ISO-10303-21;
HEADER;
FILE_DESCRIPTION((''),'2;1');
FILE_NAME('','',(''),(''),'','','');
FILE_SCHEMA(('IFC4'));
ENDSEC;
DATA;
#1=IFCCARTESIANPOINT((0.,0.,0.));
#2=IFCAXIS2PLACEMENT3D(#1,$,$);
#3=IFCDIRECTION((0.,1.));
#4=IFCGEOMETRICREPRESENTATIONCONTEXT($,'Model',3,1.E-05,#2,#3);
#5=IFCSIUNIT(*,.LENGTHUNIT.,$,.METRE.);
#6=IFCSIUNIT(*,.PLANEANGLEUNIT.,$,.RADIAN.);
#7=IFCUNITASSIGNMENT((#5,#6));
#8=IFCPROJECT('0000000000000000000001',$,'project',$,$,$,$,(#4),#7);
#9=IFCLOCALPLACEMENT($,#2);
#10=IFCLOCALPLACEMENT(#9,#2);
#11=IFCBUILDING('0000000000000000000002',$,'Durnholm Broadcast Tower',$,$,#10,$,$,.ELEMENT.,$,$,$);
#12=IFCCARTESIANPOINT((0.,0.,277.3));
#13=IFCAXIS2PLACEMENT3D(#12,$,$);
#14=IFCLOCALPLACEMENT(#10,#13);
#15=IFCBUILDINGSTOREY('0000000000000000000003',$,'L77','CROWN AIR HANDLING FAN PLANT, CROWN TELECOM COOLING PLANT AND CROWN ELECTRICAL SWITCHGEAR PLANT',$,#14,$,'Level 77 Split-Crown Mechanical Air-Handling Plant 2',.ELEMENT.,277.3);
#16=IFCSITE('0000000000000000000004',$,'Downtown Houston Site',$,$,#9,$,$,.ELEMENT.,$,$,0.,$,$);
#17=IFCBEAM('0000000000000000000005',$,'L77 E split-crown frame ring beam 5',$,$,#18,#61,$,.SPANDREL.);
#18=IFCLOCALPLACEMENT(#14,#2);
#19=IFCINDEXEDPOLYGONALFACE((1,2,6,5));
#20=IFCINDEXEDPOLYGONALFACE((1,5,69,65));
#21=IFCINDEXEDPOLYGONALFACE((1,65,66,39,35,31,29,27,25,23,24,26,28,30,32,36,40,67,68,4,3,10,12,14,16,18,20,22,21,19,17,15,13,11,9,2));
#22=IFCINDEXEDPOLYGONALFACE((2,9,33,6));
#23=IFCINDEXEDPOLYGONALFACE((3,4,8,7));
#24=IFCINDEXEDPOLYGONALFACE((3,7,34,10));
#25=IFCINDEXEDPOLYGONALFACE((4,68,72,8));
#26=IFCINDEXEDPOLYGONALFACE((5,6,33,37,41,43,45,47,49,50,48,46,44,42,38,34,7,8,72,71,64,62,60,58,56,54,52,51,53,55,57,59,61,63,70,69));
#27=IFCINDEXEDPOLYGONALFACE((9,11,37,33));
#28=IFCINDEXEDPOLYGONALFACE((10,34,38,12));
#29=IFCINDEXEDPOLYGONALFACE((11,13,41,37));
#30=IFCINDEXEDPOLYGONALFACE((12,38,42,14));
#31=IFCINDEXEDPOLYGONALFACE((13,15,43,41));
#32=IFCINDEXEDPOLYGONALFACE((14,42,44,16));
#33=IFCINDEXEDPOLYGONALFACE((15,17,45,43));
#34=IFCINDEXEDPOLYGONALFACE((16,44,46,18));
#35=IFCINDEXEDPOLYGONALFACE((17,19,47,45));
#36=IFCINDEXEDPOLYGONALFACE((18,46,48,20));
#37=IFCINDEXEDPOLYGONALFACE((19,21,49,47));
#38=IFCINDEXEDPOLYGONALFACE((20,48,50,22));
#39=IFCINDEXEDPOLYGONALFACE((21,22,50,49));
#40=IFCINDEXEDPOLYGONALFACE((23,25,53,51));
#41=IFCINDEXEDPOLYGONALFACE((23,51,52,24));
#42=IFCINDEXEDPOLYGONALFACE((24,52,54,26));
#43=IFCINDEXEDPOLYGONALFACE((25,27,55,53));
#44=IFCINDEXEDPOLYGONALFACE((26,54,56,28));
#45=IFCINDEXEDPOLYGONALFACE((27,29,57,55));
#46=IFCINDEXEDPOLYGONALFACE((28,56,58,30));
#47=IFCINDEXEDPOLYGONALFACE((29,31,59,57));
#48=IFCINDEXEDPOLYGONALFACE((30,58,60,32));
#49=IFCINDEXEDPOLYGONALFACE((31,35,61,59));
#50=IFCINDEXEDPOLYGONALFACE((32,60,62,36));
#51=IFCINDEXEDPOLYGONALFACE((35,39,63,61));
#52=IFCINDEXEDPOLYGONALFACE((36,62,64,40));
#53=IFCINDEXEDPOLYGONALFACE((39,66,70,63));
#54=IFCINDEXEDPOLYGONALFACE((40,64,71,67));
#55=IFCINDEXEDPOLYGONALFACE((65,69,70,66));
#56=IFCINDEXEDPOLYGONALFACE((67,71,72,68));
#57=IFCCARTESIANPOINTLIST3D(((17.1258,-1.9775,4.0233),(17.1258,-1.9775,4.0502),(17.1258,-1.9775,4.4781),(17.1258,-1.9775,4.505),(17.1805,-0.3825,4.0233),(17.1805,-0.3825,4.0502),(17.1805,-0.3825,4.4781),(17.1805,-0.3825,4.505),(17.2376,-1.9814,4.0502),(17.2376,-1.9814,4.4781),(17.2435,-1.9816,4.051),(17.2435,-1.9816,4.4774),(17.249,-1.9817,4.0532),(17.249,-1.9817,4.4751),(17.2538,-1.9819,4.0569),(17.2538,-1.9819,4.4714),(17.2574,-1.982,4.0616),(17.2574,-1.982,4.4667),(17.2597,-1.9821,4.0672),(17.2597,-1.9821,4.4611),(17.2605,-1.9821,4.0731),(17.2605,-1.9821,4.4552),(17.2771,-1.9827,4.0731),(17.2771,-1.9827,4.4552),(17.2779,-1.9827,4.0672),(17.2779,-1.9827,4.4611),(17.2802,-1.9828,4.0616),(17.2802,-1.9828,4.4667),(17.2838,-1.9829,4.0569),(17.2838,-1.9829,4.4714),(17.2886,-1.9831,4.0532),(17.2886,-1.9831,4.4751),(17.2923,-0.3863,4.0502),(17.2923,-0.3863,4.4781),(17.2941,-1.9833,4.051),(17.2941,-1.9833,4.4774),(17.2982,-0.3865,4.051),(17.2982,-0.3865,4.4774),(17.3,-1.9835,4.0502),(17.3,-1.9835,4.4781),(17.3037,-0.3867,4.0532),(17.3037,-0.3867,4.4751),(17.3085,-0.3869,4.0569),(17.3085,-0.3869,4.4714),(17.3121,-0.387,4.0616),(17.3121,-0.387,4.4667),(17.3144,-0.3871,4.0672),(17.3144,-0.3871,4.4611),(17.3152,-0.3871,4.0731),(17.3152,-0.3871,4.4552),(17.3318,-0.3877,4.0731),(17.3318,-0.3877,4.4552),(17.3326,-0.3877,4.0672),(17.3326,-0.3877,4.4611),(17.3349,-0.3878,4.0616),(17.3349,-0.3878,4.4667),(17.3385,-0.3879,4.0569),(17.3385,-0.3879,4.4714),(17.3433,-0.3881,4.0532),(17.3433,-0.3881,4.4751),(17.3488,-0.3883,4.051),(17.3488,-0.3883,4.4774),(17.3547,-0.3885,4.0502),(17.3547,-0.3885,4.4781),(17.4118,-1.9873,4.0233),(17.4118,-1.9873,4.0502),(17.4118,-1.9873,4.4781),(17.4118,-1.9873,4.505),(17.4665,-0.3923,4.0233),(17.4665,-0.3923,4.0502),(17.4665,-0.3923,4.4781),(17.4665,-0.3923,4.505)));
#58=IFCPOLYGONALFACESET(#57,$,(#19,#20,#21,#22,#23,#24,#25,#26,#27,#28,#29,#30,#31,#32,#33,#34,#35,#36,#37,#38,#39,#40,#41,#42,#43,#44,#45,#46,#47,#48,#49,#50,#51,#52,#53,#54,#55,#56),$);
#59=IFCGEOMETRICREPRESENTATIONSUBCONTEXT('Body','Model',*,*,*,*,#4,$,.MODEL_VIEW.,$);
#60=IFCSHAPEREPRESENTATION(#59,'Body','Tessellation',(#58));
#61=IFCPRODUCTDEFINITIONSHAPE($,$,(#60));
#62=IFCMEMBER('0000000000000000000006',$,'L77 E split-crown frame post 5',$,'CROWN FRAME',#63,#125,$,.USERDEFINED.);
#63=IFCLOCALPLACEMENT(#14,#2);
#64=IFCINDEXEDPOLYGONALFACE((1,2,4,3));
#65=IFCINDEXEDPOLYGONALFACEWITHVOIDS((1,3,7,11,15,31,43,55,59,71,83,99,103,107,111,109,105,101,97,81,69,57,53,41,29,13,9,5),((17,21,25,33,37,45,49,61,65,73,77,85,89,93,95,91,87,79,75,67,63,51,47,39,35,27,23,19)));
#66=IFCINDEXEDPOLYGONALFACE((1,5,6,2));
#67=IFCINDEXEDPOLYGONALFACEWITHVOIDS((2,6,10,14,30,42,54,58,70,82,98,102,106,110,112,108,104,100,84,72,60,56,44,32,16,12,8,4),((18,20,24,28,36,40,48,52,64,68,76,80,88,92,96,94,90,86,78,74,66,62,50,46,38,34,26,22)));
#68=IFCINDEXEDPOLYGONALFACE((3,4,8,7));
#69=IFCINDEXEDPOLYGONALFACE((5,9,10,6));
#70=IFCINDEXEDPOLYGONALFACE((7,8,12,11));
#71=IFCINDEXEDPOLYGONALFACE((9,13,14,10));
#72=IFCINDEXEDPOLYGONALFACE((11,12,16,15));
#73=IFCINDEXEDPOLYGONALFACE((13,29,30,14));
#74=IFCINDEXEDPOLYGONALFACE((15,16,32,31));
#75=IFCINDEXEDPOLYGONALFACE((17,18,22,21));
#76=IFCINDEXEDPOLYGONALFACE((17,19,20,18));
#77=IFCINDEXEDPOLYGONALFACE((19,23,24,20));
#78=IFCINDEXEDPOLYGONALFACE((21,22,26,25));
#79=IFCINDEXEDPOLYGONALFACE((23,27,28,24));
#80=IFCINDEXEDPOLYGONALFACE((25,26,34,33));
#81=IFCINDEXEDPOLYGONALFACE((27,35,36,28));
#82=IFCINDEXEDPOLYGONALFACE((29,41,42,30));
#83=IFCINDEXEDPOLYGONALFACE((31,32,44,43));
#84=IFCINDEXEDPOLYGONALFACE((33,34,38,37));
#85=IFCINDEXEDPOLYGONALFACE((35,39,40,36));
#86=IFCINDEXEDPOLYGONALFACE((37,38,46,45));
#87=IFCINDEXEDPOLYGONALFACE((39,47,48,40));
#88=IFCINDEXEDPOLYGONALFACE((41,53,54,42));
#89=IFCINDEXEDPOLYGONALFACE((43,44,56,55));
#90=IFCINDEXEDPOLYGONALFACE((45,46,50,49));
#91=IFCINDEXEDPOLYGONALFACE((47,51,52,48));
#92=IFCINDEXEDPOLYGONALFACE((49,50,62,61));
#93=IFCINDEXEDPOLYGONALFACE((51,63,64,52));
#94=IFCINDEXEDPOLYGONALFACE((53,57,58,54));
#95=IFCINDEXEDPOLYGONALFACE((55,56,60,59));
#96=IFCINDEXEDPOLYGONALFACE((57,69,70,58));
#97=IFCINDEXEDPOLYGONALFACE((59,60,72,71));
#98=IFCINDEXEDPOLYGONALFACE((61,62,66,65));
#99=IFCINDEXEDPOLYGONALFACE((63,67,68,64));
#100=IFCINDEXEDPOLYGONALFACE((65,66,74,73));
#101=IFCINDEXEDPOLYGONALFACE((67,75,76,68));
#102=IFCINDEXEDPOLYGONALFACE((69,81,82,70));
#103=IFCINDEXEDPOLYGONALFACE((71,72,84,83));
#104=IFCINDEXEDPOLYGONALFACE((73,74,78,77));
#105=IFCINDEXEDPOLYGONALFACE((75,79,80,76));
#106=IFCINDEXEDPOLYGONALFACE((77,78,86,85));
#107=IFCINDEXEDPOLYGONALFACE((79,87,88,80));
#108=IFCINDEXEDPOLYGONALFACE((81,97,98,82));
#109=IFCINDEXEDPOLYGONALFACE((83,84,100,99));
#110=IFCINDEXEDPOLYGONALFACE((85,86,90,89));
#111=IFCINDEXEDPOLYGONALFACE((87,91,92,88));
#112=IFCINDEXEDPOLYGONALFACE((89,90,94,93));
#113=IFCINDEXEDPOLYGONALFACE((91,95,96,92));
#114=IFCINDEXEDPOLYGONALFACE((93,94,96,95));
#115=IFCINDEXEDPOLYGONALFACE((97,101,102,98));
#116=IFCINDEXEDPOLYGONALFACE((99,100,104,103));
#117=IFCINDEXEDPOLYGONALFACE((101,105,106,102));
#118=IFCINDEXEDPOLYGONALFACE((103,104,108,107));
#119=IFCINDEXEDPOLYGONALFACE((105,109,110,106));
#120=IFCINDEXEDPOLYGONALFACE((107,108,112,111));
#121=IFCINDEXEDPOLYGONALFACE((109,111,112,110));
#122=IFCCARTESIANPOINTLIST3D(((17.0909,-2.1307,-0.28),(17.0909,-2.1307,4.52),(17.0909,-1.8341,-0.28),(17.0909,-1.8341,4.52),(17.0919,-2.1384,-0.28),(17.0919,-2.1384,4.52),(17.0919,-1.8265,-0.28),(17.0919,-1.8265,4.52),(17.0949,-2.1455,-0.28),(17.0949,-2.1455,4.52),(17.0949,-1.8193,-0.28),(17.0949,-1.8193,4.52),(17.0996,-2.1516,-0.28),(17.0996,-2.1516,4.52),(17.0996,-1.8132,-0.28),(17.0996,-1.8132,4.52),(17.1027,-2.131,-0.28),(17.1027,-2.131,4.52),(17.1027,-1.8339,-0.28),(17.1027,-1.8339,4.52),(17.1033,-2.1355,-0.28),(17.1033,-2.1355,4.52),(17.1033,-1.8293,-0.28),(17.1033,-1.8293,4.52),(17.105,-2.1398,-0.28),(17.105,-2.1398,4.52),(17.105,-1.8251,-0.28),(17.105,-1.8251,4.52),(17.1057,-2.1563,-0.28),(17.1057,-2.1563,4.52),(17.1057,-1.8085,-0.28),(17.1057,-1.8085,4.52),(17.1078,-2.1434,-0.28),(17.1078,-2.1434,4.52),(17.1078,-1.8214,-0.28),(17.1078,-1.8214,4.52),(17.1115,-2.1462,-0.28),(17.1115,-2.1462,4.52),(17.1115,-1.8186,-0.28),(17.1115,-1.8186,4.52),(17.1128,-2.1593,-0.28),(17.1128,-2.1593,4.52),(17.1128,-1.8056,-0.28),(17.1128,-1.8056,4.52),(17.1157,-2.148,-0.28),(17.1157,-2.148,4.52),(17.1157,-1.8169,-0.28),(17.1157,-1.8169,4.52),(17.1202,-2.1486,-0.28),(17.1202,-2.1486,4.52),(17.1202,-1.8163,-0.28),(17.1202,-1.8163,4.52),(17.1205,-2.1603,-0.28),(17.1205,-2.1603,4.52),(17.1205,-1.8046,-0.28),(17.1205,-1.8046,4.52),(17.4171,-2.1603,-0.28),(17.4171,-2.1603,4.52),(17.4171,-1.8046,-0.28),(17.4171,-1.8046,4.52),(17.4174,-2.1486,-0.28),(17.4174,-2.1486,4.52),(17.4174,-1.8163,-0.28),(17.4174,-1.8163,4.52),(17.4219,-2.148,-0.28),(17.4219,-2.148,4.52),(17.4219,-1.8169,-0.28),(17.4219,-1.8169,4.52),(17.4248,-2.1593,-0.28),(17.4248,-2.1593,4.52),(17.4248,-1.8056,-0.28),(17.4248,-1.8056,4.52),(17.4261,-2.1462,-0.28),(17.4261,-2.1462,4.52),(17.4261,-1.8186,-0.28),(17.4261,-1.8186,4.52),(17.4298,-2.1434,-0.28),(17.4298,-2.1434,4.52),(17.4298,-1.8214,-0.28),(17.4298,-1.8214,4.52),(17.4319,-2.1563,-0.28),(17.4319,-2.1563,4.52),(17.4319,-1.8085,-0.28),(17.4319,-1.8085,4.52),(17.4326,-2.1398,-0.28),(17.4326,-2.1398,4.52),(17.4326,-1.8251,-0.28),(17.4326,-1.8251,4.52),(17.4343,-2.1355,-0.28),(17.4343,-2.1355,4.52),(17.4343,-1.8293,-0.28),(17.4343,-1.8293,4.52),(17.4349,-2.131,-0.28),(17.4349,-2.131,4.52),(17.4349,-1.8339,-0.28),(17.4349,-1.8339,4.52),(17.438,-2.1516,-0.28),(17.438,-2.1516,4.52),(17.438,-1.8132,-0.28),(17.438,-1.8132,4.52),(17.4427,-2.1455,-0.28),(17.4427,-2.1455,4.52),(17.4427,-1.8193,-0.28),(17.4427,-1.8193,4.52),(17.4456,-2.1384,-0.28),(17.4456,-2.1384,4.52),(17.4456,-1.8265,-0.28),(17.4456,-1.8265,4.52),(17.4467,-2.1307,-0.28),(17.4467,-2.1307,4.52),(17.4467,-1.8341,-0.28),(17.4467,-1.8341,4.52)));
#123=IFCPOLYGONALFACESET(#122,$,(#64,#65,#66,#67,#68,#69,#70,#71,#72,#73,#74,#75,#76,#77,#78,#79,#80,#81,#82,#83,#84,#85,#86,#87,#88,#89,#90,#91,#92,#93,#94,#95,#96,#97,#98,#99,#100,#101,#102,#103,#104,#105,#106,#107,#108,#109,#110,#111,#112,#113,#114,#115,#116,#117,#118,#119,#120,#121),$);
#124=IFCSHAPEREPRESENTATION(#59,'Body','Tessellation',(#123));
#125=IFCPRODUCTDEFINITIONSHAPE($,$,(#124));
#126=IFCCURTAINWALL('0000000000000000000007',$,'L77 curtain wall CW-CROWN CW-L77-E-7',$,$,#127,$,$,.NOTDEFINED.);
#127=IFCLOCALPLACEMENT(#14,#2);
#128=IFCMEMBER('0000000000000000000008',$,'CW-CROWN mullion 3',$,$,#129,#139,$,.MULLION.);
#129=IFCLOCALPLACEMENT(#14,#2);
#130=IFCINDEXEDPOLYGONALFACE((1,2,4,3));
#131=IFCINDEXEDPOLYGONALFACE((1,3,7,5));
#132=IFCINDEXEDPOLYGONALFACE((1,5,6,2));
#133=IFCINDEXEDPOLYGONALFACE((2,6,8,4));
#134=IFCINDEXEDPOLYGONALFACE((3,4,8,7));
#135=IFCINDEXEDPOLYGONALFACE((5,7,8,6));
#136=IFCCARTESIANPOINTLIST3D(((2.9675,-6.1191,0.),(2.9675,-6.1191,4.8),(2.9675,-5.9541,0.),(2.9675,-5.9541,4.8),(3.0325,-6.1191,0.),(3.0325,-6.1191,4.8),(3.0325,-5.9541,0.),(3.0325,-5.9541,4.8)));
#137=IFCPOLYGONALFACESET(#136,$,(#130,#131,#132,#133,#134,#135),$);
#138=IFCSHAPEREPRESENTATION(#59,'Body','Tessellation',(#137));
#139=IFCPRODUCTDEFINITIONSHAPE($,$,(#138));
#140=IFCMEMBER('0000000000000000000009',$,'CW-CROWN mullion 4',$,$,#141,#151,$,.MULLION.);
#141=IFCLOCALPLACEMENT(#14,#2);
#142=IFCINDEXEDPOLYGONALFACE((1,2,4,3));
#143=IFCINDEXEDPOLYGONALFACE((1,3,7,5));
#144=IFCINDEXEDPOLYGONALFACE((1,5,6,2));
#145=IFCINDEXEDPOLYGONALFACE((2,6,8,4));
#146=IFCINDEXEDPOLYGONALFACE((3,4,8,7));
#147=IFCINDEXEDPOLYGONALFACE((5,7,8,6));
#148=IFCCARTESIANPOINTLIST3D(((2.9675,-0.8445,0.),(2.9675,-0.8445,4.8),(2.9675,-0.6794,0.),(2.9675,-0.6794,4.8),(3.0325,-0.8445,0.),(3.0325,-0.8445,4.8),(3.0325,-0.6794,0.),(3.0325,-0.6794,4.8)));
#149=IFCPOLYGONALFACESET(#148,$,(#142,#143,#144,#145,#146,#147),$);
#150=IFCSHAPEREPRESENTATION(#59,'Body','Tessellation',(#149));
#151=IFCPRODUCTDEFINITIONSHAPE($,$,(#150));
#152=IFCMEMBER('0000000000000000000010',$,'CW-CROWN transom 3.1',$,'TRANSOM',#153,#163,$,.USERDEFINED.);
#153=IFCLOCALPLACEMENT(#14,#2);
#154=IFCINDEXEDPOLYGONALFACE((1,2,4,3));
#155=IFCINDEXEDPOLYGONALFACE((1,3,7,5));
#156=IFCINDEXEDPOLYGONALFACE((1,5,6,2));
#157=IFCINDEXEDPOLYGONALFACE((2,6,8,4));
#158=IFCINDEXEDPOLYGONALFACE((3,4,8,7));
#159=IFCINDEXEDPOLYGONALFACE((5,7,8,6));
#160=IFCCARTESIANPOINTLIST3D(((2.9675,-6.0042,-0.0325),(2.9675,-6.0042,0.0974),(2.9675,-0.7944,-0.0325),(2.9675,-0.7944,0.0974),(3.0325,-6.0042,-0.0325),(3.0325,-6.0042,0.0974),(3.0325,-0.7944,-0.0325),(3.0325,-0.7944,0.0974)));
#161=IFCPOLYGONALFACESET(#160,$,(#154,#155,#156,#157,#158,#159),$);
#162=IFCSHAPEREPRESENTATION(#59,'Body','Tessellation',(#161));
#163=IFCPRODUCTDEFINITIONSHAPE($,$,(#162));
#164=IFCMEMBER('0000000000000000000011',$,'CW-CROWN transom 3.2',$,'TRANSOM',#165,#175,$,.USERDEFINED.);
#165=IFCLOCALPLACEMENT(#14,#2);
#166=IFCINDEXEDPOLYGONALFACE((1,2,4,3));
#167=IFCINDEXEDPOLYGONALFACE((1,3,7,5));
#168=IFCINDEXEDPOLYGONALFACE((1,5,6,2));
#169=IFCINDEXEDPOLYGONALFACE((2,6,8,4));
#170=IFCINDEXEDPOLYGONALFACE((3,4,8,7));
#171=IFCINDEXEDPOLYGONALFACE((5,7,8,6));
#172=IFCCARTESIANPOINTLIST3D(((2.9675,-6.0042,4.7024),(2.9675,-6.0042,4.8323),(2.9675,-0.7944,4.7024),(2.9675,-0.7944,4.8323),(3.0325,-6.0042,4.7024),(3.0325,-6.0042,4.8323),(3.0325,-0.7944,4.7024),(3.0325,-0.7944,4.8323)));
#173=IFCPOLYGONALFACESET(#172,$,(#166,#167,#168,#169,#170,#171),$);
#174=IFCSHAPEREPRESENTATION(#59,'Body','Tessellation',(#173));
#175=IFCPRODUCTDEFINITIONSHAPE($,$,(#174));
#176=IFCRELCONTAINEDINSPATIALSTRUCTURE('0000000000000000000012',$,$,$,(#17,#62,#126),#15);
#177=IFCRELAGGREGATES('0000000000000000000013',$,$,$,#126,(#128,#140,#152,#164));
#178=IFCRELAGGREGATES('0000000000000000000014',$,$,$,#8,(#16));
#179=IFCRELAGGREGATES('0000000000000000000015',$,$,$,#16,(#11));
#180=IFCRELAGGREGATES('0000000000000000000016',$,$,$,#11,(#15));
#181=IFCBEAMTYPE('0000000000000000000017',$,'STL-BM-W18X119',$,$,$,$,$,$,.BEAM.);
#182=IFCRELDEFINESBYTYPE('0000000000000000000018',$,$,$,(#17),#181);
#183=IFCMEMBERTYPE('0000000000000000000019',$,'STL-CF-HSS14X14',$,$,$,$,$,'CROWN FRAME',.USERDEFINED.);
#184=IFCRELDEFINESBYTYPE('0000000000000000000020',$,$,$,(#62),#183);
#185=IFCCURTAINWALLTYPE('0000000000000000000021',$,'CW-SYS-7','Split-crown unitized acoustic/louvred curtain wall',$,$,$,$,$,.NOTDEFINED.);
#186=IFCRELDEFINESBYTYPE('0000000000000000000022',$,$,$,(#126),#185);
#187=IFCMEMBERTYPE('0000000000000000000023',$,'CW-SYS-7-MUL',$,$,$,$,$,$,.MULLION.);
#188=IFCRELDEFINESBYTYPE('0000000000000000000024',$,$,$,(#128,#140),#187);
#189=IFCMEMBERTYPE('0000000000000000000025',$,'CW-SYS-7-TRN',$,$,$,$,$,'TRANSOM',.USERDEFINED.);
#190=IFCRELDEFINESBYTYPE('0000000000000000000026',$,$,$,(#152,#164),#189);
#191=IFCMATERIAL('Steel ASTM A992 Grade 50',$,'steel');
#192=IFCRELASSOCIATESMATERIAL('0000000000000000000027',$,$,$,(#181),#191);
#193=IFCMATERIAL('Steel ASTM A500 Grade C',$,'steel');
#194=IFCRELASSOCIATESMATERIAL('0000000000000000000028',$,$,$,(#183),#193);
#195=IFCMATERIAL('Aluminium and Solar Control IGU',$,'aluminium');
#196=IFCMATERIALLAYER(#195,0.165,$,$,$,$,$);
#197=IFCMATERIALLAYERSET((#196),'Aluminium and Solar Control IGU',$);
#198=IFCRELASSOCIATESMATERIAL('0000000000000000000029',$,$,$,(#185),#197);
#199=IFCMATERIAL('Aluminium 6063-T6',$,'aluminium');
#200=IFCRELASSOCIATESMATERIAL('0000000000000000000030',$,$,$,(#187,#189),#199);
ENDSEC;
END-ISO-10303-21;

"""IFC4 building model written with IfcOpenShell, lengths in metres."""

from ifc_helpers import new_model, si_unit, direction, frame, origin, origin_2d, place, context, subcontext, project, spatial, rectangle, hollow_rectangle, i_section, extrude, source, transform, mapped, material, layer, layer_set, material_profile, profile_set, type_object, type_shapes, element, aggregate, save


model = new_model("IFC4")

# Units and contexts
model_context = context("Model", 3, precision=1e-05, world=origin(), true_north=direction((0.0, 1.0)))
body_context = subcontext(model_context, "Body", "Model", "MODEL_VIEW")
ifc_project = project(units=[si_unit("LENGTHUNIT", "METRE"), si_unit("PLANEANGLEUNIT", "RADIAN")], contexts=[model_context])

# Site, building, storey
site_placement = place(None, origin())
site = spatial("IfcSite", under=ifc_project, at=site_placement, Name="Downtown Houston Site", CompositionType="ELEMENT", RefElevation=0.0)
building_placement = place(site_placement, origin())
building = spatial("IfcBuilding", under=site, at=building_placement, Name="Durnholm Broadcast Tower", CompositionType="ELEMENT")
storey_placement = place(building_placement, frame((0.0, 0.0, 277.3)))
storey = spatial("IfcBuildingStorey", under=building, at=storey_placement, Name="L77", Description="CROWN AIR HANDLING FAN PLANT, CROWN TELECOM COOLING PLANT AND CROWN ELECTRICAL SWITCHGEAR PLANT", LongName="Level 77 Split-Crown Mechanical Air-Handling Plant 2", CompositionType="ELEMENT", Elevation=277.3)

# Shared definitions
ifc_material_1 = material(Name="Steel ASTM A500 Grade C", Category="steel")

# Beam
ifc_material_2 = material(Name="Steel ASTM A992 Grade 50", Category="steel")
ifc_material_profile_1 = material_profile(ifc_material_2, i_section(OverallWidth=0.2861, OverallDepth=0.4817, WebThickness=0.0166, FlangeThickness=0.0269, FilletRadius=0.0229, at=origin_2d()), Name="W18X119")
ifc_profile_set_1 = profile_set([ifc_material_profile_1], Name="Steel ASTM A992 Grade 50")
beam_type_1 = type_object("IfcBeamType", Name="STL-BM-W18X119", PredefinedType="BEAM", material=ifc_profile_set_1)
shared_shape_1 = source(origin(), body_context, "Body", "SweptSolid", [
    extrude(i_section(OverallWidth=0.2861, OverallDepth=0.4817, WebThickness=0.0166, FlangeThickness=0.0269, FilletRadius=0.0229, at=origin_2d()), origin(), (0.0, 0.0, 1.0), 1.5959),
])
type_shapes(beam_type_1, [shared_shape_1])
beam_1_placement = place(storey_placement, frame((17.2688, -1.9824, 4.2642), z_axis=(0.034267, 0.999413, 0.0), x_axis=(-0.999413, 0.034267, 0.0)))
element("IfcBeam", 1, at=beam_1_placement, inside=storey, type_object=beam_type_1, Name="L77 E split-crown frame ring beam 5", PredefinedType="SPANDREL", context=body_context, shape_type="MappedRepresentation", body=[
    mapped(shared_shape_1, transform((0.0, 0.0, 0.0), x_axis=(1.0, 0.0, 0.0), y_axis=(0.0, 1.0, 0.0), z_axis=(0.0, 0.0, 1.0), scale=1.0)),
])

# Member
ifc_material_profile_2 = material_profile(ifc_material_1, hollow_rectangle(XDim=0.3557, YDim=0.3557, WallThickness=0.0117, InnerFilletRadius=0.0176, OuterFilletRadius=0.0295, at=origin_2d()), Name="HSS14X14X1/2")
ifc_profile_set_2 = profile_set([ifc_material_profile_2], Name="Steel ASTM A500 Grade C")
member_type_1 = type_object("IfcMemberType", Name="STL-CF-HSS14X14", ElementType="CROWN FRAME", PredefinedType="USERDEFINED", material=ifc_profile_set_2)
shared_shape_2 = source(origin(), body_context, "Body", "SweptSolid", [
    extrude(hollow_rectangle(XDim=0.3557, YDim=0.3557, WallThickness=0.0117, InnerFilletRadius=0.0176, OuterFilletRadius=0.0295, at=origin_2d()), origin(), (0.0, 0.0, 1.0), 4.8),
])
type_shapes(member_type_1, [shared_shape_2])
member_1_placement = place(storey_placement, frame((17.2688, -1.9824, -0.28), z_axis=(0.0, 0.0, 1.0), x_axis=(1.0, 0.0, 0.0)))
element("IfcMember", 2, at=member_1_placement, inside=storey, type_object=member_type_1, Name="L77 E split-crown frame post 5", ObjectType="CROWN FRAME", PredefinedType="USERDEFINED", context=body_context, shape_type="MappedRepresentation", body=[
    mapped(shared_shape_2, transform((0.0, 0.0, 0.0), x_axis=(1.0, 0.0, 0.0), y_axis=(0.0, 1.0, 0.0), z_axis=(0.0, 0.0, 1.0), scale=1.0)),
])

# Curtain wall, members
ifc_material_3 = material(Name="Aluminium and Solar Control IGU", Category="aluminium")
ifc_layer_1 = layer(ifc_material_3, 0.165)
ifc_layer_set_1 = layer_set([ifc_layer_1], Name="Aluminium and Solar Control IGU")
curtain_wall_type = type_object("IfcCurtainWallType", Name="CW-SYS-7", Description="Split-crown unitized acoustic/louvred curtain wall", PredefinedType="NOTDEFINED", material=ifc_layer_set_1)
curtain_wall_placement = place(storey_placement, origin())
curtain_wall = element("IfcCurtainWall", 3, at=curtain_wall_placement, inside=storey, type_object=curtain_wall_type, Name="L77 curtain wall CW-CROWN CW-L77-E-7", PredefinedType="NOTDEFINED")
ifc_material_4 = material(Name="Aluminium 6063-T6", Category="aluminium")
ifc_material_profile_3 = material_profile(ifc_material_4, rectangle(XDim=0.0649, YDim=0.165, at=origin_2d()), Name="CWM65X165")
ifc_profile_set_3 = profile_set([ifc_material_profile_3], Name="Aluminium 6063-T6")
member_type_2 = type_object("IfcMemberType", Name="CW-SYS-7-MUL", PredefinedType="MULLION", material=ifc_profile_set_3)
shared_shape_3 = source(origin(), body_context, "Body", "SweptSolid", [
    extrude(rectangle(XDim=0.0649, YDim=0.165, at=origin_2d()), origin(), (0.0, 0.0, 1.0), 4.8),
])
type_shapes(member_type_2, [shared_shape_3])
member_2_placement = place(storey_placement, frame((3.0, -6.0366, 0.0), z_axis=(0.0, 0.0, 1.0), x_axis=(-1.0, 0.0, 0.0)))
member_2 = element("IfcMember", 4, at=member_2_placement, type_object=member_type_2, Name="CW-CROWN mullion 3", PredefinedType="MULLION", context=body_context, shape_type="MappedRepresentation", body=[
    mapped(shared_shape_3, transform((0.0, 0.0, 0.0), x_axis=(1.0, 0.0, 0.0), y_axis=(0.0, 1.0, 0.0), z_axis=(0.0, 0.0, 1.0), scale=1.0)),
])
member_3_placement = place(storey_placement, frame((3.0, -0.762, 0.0), z_axis=(0.0, 0.0, 1.0), x_axis=(-1.0, 0.0, 0.0)))
member_3 = element("IfcMember", 5, at=member_3_placement, type_object=member_type_2, Name="CW-CROWN mullion 4", PredefinedType="MULLION", context=body_context, shape_type="MappedRepresentation", body=[
    mapped(shared_shape_3, transform((0.0, 0.0, 0.0), x_axis=(1.0, 0.0, 0.0), y_axis=(0.0, 1.0, 0.0), z_axis=(0.0, 0.0, 1.0), scale=1.0)),
])
ifc_material_profile_4 = material_profile(ifc_material_4, rectangle(XDim=0.0649, YDim=0.1299, at=origin_2d()), Name="CWT65X130")
ifc_profile_set_4 = profile_set([ifc_material_profile_4], Name="Aluminium 6063-T6")
member_type_3 = type_object("IfcMemberType", Name="CW-SYS-7-TRN", ElementType="TRANSOM", PredefinedType="USERDEFINED", material=ifc_profile_set_4)
shared_shape_4 = source(origin(), body_context, "Body", "SweptSolid", [
    extrude(rectangle(XDim=0.0649, YDim=0.1299, at=origin_2d()), origin(), (0.0, 0.0, 1.0), 5.2097),
])
type_shapes(member_type_3, [shared_shape_4])
member_4_placement = place(storey_placement, frame((3.0, -6.0042, 0.0325), z_axis=(0.0, 1.0, 0.0), x_axis=(-1.0, 0.0, 0.0)))
member_4 = element("IfcMember", 6, at=member_4_placement, type_object=member_type_3, Name="CW-CROWN transom 3.1", ObjectType="TRANSOM", PredefinedType="USERDEFINED", context=body_context, shape_type="MappedRepresentation", body=[
    mapped(shared_shape_4, transform((0.0, 0.0, 0.0), x_axis=(1.0, 0.0, 0.0), y_axis=(0.0, 1.0, 0.0), z_axis=(0.0, 0.0, 1.0), scale=1.0)),
])
member_5_placement = place(storey_placement, frame((3.0, -6.0042, 4.7673), z_axis=(0.0, 1.0, 0.0), x_axis=(-1.0, 0.0, 0.0)))
member_5 = element("IfcMember", 7, at=member_5_placement, type_object=member_type_3, Name="CW-CROWN transom 3.2", ObjectType="TRANSOM", PredefinedType="USERDEFINED", context=body_context, shape_type="MappedRepresentation", body=[
    mapped(shared_shape_4, transform((0.0, 0.0, 0.0), x_axis=(1.0, 0.0, 0.0), y_axis=(0.0, 1.0, 0.0), z_axis=(0.0, 0.0, 1.0), scale=1.0)),
])

aggregate(curtain_wall, [member_2, member_3, member_4, member_5])

save(model, "model.ifc")
